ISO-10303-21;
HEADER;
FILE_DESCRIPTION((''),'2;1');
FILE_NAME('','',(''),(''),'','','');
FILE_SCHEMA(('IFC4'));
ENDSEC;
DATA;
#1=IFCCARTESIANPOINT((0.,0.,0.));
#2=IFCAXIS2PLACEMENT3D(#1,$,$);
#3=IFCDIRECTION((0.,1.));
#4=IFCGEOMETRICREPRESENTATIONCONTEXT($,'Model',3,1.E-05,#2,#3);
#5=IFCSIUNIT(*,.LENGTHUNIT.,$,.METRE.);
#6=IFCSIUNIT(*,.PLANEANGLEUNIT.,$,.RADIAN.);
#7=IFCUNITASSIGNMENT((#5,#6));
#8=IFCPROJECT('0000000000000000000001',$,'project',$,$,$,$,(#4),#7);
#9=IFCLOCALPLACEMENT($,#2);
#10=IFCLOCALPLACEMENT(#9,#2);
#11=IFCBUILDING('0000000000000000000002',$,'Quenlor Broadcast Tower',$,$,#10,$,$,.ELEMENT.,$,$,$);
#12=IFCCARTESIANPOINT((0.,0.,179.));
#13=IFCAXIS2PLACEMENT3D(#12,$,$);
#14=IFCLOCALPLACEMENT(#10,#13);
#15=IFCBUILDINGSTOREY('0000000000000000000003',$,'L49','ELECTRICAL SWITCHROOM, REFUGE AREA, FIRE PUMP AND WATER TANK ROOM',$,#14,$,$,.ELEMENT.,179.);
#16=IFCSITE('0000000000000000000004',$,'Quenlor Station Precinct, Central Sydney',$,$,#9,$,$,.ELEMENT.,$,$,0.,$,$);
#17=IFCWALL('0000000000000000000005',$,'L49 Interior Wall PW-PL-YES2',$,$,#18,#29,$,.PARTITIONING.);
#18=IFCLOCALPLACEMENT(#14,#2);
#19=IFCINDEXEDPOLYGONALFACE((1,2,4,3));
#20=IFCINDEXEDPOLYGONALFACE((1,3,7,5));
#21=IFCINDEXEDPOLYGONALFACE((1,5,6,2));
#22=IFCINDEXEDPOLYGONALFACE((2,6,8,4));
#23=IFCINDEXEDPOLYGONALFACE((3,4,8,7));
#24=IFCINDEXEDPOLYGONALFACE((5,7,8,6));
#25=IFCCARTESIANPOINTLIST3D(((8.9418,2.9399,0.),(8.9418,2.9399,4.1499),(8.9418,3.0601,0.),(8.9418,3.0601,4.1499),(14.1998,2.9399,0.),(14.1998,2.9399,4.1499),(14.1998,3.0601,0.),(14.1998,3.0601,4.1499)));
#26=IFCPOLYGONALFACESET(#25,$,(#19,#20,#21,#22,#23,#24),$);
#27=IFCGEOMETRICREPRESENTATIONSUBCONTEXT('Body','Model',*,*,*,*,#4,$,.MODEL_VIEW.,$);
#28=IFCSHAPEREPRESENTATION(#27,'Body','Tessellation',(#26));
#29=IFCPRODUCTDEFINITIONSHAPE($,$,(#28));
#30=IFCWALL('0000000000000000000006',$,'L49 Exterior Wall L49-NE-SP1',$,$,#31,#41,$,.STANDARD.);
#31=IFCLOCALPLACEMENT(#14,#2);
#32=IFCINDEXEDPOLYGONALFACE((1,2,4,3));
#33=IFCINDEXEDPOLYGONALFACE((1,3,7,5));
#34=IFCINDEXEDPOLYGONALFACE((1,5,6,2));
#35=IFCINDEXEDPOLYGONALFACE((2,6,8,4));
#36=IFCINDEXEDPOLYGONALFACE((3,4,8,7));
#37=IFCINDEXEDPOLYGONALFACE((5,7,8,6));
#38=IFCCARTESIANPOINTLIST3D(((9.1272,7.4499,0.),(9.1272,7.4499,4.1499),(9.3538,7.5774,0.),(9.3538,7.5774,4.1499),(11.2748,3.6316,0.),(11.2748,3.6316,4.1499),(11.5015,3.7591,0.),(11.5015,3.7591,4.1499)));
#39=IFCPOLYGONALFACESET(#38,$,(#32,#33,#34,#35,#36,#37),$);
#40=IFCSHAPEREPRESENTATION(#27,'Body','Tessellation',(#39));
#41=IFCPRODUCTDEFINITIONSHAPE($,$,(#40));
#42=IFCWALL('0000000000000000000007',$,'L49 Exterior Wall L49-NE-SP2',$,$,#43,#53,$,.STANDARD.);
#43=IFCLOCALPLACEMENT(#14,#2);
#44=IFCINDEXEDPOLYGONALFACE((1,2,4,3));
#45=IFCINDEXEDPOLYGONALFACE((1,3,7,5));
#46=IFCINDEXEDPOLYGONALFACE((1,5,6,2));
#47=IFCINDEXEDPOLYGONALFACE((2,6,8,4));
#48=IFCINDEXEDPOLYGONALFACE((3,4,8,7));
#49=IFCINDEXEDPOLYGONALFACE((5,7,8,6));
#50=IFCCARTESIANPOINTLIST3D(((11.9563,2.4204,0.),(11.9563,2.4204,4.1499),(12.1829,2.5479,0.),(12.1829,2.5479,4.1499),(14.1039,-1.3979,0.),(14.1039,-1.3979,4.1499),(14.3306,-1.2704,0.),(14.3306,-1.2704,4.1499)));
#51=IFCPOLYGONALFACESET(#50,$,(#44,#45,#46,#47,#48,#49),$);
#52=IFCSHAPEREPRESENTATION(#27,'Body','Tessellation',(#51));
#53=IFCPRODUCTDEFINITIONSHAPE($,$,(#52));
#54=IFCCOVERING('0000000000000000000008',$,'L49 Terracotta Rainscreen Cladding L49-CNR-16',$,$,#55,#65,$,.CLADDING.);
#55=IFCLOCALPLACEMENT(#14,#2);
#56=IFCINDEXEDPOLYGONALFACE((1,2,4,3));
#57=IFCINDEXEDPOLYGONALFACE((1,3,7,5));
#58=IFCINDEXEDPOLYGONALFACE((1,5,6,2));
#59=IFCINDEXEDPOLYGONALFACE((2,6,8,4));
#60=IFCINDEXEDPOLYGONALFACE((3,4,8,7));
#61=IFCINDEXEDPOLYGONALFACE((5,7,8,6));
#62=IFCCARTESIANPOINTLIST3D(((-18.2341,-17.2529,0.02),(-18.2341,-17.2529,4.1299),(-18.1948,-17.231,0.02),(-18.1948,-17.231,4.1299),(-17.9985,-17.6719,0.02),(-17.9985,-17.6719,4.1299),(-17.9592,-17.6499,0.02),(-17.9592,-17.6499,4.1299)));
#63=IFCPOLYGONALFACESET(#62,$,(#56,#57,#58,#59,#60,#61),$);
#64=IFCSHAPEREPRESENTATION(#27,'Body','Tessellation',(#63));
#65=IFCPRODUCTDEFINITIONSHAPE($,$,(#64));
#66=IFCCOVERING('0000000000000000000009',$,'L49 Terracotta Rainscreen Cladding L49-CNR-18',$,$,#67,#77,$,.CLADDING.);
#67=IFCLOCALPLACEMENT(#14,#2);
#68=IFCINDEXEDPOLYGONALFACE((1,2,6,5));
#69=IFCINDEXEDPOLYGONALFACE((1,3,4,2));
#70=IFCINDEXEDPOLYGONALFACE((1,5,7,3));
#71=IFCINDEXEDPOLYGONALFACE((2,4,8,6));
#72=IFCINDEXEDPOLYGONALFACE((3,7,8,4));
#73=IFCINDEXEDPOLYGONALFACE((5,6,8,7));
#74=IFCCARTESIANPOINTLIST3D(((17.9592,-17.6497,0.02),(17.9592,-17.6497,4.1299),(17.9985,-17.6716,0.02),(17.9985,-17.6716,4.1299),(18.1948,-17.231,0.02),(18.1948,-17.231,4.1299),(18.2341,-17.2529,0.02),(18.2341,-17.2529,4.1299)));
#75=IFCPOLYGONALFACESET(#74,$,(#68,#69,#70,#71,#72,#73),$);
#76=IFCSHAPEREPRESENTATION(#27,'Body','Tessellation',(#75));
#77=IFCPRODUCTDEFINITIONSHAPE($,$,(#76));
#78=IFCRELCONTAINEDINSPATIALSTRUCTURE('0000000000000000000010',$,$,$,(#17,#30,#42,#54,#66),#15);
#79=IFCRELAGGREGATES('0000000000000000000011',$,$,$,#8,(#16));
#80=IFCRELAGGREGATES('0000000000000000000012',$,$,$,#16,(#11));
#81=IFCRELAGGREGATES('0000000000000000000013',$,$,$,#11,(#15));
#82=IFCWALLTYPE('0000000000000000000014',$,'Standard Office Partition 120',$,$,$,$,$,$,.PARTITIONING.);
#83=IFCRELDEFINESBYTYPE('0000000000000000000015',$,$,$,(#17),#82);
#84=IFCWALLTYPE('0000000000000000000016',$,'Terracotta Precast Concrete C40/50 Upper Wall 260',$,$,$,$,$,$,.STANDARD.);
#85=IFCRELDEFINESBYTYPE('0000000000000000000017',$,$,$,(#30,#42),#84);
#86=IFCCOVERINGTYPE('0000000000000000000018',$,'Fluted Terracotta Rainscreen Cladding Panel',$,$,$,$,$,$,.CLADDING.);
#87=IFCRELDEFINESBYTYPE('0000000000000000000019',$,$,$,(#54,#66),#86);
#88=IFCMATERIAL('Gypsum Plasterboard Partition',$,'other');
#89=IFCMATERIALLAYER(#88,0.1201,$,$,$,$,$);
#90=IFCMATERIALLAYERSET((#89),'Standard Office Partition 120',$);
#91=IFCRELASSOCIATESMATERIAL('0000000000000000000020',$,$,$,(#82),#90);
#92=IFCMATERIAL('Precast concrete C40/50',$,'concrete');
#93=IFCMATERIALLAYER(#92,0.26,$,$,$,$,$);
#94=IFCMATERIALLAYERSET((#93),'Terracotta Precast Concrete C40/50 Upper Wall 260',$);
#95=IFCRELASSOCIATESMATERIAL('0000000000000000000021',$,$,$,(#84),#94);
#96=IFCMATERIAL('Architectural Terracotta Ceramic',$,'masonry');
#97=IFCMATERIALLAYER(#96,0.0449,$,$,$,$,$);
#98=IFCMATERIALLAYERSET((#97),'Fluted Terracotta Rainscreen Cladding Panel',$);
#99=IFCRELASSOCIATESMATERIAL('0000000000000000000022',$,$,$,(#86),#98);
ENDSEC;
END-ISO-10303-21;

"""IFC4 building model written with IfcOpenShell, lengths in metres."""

from ifc_helpers import new_model, si_unit, direction, frame, frame_2d, origin, place, context, subcontext, project, spatial, polyline, rectangle, outline, extrude, material, layer, layer_set, type_object, element, save


model = new_model("IFC4")

# Units and contexts
model_context = context("Model", 3, precision=1e-05, world=origin(), true_north=direction((0.0, 1.0)))
body_context = subcontext(model_context, "Body", "Model", "MODEL_VIEW")
ifc_project = project(units=[si_unit("LENGTHUNIT", "METRE"), si_unit("PLANEANGLEUNIT", "RADIAN")], contexts=[model_context])

# Site, building, storey
site_placement = place(None, origin())
site = spatial("IfcSite", under=ifc_project, at=site_placement, Name="Quenlor Station Precinct, Central Sydney", CompositionType="ELEMENT", RefElevation=0.0)
building_placement = place(site_placement, origin())
building = spatial("IfcBuilding", under=site, at=building_placement, Name="Quenlor Broadcast Tower", CompositionType="ELEMENT")
storey_placement = place(building_placement, frame((0.0, 0.0, 179.0)))
storey = spatial("IfcBuildingStorey", under=building, at=storey_placement, Name="L49", Description="ELECTRICAL SWITCHROOM, REFUGE AREA, FIRE PUMP AND WATER TANK ROOM", CompositionType="ELEMENT", Elevation=179.0)

# Walls
ifc_material_1 = material(Name="Gypsum Plasterboard Partition", Category="other")
ifc_layer_1 = layer(ifc_material_1, 0.1201)
ifc_layer_set_1 = layer_set([ifc_layer_1], Name="Standard Office Partition 120")
wall_type_1 = type_object("IfcWallType", Name="Standard Office Partition 120", PredefinedType="PARTITIONING", material=ifc_layer_set_1)
wall_1_placement = place(storey_placement, frame((8.9419, 3.0, 0.0), z_axis=(0.0, 0.0, 1.0), x_axis=(1.0, 0.0, 0.0)))
element("IfcWall", 1, at=wall_1_placement, inside=storey, type_object=wall_type_1, Name="L49 Interior Wall PW-PL-YES2", PredefinedType="PARTITIONING", context=body_context, shape_type="SweptSolid", body=[
    extrude(rectangle(XDim=5.2581, YDim=0.1201, at=frame_2d((2.6289, 0.0))), origin(), (0.0, 0.0, 1.0), 4.1499),
])
ifc_material_2 = material(Name="Precast concrete C40/50", Category="concrete")
ifc_layer_2 = layer(ifc_material_2, 0.26)
ifc_layer_set_2 = layer_set([ifc_layer_2], Name="Terracotta Precast Concrete C40/50 Upper Wall 260")
wall_type_2 = type_object("IfcWallType", Name="Terracotta Precast Concrete C40/50 Upper Wall 260", PredefinedType="STANDARD", material=ifc_layer_set_2)
for number, where, z_axis, x_axis, name in (
    (2, (9.2405, 7.5137, 0.0), (0.0, 0.0, 1.0), (0.49024, -0.871587, 0.0), "L49 Exterior Wall L49-NE-SP1"),
    (3, (12.0696, 2.4841, 0.0), (0.0, 0.0, 1.0), (0.49024, -0.871587, 0.0), "L49 Exterior Wall L49-NE-SP2"),
):
    element("IfcWall", number, at=place(storey_placement, frame(where, z_axis=z_axis, x_axis=x_axis)), inside=storey, type_object=wall_type_2, Name=name, PredefinedType="STANDARD", context=body_context, shape_type="SweptSolid", body=[
        extrude(rectangle(XDim=4.3809, YDim=0.26, at=frame_2d((2.1904, 0.0))), origin(), (0.0, 0.0, 1.0), 4.1499),
    ])

# Coverings
ifc_material_3 = material(Name="Architectural Terracotta Ceramic", Category="masonry")
ifc_layer_3 = layer(ifc_material_3, 0.0449)
ifc_layer_set_3 = layer_set([ifc_layer_3], Name="Fluted Terracotta Rainscreen Cladding Panel")
covering_type = type_object("IfcCoveringType", Name="Fluted Terracotta Rainscreen Cladding Panel", PredefinedType="CLADDING", material=ifc_layer_set_3)
covering_1_placement = place(storey_placement, frame((0.0, 0.0, 0.02)))
element("IfcCovering", 4, at=covering_1_placement, inside=storey, type_object=covering_type, Name="L49 Terracotta Rainscreen Cladding L49-CNR-16", PredefinedType="CLADDING", context=body_context, shape_type="SweptSolid", body=[
    extrude(outline(polyline([(-18.2341, -17.2529), (-17.9985, -17.6719), (-17.9592, -17.6499), (-18.1948, -17.231), (-18.2341, -17.2529)])), origin(), (0.0, 0.0, 1.0), 4.1099),
])
covering_2_placement = place(storey_placement, frame((0.0, 0.0, 0.02)))
element("IfcCovering", 5, at=covering_2_placement, inside=storey, type_object=covering_type, Name="L49 Terracotta Rainscreen Cladding L49-CNR-18", PredefinedType="CLADDING", context=body_context, shape_type="SweptSolid", body=[
    extrude(outline(polyline([(17.9985, -17.6716), (18.2341, -17.2529), (18.1948, -17.231), (17.9592, -17.6497), (17.9985, -17.6716)])), origin(), (0.0, 0.0, 1.0), 4.1099),
])

save(model, "model.ifc")
